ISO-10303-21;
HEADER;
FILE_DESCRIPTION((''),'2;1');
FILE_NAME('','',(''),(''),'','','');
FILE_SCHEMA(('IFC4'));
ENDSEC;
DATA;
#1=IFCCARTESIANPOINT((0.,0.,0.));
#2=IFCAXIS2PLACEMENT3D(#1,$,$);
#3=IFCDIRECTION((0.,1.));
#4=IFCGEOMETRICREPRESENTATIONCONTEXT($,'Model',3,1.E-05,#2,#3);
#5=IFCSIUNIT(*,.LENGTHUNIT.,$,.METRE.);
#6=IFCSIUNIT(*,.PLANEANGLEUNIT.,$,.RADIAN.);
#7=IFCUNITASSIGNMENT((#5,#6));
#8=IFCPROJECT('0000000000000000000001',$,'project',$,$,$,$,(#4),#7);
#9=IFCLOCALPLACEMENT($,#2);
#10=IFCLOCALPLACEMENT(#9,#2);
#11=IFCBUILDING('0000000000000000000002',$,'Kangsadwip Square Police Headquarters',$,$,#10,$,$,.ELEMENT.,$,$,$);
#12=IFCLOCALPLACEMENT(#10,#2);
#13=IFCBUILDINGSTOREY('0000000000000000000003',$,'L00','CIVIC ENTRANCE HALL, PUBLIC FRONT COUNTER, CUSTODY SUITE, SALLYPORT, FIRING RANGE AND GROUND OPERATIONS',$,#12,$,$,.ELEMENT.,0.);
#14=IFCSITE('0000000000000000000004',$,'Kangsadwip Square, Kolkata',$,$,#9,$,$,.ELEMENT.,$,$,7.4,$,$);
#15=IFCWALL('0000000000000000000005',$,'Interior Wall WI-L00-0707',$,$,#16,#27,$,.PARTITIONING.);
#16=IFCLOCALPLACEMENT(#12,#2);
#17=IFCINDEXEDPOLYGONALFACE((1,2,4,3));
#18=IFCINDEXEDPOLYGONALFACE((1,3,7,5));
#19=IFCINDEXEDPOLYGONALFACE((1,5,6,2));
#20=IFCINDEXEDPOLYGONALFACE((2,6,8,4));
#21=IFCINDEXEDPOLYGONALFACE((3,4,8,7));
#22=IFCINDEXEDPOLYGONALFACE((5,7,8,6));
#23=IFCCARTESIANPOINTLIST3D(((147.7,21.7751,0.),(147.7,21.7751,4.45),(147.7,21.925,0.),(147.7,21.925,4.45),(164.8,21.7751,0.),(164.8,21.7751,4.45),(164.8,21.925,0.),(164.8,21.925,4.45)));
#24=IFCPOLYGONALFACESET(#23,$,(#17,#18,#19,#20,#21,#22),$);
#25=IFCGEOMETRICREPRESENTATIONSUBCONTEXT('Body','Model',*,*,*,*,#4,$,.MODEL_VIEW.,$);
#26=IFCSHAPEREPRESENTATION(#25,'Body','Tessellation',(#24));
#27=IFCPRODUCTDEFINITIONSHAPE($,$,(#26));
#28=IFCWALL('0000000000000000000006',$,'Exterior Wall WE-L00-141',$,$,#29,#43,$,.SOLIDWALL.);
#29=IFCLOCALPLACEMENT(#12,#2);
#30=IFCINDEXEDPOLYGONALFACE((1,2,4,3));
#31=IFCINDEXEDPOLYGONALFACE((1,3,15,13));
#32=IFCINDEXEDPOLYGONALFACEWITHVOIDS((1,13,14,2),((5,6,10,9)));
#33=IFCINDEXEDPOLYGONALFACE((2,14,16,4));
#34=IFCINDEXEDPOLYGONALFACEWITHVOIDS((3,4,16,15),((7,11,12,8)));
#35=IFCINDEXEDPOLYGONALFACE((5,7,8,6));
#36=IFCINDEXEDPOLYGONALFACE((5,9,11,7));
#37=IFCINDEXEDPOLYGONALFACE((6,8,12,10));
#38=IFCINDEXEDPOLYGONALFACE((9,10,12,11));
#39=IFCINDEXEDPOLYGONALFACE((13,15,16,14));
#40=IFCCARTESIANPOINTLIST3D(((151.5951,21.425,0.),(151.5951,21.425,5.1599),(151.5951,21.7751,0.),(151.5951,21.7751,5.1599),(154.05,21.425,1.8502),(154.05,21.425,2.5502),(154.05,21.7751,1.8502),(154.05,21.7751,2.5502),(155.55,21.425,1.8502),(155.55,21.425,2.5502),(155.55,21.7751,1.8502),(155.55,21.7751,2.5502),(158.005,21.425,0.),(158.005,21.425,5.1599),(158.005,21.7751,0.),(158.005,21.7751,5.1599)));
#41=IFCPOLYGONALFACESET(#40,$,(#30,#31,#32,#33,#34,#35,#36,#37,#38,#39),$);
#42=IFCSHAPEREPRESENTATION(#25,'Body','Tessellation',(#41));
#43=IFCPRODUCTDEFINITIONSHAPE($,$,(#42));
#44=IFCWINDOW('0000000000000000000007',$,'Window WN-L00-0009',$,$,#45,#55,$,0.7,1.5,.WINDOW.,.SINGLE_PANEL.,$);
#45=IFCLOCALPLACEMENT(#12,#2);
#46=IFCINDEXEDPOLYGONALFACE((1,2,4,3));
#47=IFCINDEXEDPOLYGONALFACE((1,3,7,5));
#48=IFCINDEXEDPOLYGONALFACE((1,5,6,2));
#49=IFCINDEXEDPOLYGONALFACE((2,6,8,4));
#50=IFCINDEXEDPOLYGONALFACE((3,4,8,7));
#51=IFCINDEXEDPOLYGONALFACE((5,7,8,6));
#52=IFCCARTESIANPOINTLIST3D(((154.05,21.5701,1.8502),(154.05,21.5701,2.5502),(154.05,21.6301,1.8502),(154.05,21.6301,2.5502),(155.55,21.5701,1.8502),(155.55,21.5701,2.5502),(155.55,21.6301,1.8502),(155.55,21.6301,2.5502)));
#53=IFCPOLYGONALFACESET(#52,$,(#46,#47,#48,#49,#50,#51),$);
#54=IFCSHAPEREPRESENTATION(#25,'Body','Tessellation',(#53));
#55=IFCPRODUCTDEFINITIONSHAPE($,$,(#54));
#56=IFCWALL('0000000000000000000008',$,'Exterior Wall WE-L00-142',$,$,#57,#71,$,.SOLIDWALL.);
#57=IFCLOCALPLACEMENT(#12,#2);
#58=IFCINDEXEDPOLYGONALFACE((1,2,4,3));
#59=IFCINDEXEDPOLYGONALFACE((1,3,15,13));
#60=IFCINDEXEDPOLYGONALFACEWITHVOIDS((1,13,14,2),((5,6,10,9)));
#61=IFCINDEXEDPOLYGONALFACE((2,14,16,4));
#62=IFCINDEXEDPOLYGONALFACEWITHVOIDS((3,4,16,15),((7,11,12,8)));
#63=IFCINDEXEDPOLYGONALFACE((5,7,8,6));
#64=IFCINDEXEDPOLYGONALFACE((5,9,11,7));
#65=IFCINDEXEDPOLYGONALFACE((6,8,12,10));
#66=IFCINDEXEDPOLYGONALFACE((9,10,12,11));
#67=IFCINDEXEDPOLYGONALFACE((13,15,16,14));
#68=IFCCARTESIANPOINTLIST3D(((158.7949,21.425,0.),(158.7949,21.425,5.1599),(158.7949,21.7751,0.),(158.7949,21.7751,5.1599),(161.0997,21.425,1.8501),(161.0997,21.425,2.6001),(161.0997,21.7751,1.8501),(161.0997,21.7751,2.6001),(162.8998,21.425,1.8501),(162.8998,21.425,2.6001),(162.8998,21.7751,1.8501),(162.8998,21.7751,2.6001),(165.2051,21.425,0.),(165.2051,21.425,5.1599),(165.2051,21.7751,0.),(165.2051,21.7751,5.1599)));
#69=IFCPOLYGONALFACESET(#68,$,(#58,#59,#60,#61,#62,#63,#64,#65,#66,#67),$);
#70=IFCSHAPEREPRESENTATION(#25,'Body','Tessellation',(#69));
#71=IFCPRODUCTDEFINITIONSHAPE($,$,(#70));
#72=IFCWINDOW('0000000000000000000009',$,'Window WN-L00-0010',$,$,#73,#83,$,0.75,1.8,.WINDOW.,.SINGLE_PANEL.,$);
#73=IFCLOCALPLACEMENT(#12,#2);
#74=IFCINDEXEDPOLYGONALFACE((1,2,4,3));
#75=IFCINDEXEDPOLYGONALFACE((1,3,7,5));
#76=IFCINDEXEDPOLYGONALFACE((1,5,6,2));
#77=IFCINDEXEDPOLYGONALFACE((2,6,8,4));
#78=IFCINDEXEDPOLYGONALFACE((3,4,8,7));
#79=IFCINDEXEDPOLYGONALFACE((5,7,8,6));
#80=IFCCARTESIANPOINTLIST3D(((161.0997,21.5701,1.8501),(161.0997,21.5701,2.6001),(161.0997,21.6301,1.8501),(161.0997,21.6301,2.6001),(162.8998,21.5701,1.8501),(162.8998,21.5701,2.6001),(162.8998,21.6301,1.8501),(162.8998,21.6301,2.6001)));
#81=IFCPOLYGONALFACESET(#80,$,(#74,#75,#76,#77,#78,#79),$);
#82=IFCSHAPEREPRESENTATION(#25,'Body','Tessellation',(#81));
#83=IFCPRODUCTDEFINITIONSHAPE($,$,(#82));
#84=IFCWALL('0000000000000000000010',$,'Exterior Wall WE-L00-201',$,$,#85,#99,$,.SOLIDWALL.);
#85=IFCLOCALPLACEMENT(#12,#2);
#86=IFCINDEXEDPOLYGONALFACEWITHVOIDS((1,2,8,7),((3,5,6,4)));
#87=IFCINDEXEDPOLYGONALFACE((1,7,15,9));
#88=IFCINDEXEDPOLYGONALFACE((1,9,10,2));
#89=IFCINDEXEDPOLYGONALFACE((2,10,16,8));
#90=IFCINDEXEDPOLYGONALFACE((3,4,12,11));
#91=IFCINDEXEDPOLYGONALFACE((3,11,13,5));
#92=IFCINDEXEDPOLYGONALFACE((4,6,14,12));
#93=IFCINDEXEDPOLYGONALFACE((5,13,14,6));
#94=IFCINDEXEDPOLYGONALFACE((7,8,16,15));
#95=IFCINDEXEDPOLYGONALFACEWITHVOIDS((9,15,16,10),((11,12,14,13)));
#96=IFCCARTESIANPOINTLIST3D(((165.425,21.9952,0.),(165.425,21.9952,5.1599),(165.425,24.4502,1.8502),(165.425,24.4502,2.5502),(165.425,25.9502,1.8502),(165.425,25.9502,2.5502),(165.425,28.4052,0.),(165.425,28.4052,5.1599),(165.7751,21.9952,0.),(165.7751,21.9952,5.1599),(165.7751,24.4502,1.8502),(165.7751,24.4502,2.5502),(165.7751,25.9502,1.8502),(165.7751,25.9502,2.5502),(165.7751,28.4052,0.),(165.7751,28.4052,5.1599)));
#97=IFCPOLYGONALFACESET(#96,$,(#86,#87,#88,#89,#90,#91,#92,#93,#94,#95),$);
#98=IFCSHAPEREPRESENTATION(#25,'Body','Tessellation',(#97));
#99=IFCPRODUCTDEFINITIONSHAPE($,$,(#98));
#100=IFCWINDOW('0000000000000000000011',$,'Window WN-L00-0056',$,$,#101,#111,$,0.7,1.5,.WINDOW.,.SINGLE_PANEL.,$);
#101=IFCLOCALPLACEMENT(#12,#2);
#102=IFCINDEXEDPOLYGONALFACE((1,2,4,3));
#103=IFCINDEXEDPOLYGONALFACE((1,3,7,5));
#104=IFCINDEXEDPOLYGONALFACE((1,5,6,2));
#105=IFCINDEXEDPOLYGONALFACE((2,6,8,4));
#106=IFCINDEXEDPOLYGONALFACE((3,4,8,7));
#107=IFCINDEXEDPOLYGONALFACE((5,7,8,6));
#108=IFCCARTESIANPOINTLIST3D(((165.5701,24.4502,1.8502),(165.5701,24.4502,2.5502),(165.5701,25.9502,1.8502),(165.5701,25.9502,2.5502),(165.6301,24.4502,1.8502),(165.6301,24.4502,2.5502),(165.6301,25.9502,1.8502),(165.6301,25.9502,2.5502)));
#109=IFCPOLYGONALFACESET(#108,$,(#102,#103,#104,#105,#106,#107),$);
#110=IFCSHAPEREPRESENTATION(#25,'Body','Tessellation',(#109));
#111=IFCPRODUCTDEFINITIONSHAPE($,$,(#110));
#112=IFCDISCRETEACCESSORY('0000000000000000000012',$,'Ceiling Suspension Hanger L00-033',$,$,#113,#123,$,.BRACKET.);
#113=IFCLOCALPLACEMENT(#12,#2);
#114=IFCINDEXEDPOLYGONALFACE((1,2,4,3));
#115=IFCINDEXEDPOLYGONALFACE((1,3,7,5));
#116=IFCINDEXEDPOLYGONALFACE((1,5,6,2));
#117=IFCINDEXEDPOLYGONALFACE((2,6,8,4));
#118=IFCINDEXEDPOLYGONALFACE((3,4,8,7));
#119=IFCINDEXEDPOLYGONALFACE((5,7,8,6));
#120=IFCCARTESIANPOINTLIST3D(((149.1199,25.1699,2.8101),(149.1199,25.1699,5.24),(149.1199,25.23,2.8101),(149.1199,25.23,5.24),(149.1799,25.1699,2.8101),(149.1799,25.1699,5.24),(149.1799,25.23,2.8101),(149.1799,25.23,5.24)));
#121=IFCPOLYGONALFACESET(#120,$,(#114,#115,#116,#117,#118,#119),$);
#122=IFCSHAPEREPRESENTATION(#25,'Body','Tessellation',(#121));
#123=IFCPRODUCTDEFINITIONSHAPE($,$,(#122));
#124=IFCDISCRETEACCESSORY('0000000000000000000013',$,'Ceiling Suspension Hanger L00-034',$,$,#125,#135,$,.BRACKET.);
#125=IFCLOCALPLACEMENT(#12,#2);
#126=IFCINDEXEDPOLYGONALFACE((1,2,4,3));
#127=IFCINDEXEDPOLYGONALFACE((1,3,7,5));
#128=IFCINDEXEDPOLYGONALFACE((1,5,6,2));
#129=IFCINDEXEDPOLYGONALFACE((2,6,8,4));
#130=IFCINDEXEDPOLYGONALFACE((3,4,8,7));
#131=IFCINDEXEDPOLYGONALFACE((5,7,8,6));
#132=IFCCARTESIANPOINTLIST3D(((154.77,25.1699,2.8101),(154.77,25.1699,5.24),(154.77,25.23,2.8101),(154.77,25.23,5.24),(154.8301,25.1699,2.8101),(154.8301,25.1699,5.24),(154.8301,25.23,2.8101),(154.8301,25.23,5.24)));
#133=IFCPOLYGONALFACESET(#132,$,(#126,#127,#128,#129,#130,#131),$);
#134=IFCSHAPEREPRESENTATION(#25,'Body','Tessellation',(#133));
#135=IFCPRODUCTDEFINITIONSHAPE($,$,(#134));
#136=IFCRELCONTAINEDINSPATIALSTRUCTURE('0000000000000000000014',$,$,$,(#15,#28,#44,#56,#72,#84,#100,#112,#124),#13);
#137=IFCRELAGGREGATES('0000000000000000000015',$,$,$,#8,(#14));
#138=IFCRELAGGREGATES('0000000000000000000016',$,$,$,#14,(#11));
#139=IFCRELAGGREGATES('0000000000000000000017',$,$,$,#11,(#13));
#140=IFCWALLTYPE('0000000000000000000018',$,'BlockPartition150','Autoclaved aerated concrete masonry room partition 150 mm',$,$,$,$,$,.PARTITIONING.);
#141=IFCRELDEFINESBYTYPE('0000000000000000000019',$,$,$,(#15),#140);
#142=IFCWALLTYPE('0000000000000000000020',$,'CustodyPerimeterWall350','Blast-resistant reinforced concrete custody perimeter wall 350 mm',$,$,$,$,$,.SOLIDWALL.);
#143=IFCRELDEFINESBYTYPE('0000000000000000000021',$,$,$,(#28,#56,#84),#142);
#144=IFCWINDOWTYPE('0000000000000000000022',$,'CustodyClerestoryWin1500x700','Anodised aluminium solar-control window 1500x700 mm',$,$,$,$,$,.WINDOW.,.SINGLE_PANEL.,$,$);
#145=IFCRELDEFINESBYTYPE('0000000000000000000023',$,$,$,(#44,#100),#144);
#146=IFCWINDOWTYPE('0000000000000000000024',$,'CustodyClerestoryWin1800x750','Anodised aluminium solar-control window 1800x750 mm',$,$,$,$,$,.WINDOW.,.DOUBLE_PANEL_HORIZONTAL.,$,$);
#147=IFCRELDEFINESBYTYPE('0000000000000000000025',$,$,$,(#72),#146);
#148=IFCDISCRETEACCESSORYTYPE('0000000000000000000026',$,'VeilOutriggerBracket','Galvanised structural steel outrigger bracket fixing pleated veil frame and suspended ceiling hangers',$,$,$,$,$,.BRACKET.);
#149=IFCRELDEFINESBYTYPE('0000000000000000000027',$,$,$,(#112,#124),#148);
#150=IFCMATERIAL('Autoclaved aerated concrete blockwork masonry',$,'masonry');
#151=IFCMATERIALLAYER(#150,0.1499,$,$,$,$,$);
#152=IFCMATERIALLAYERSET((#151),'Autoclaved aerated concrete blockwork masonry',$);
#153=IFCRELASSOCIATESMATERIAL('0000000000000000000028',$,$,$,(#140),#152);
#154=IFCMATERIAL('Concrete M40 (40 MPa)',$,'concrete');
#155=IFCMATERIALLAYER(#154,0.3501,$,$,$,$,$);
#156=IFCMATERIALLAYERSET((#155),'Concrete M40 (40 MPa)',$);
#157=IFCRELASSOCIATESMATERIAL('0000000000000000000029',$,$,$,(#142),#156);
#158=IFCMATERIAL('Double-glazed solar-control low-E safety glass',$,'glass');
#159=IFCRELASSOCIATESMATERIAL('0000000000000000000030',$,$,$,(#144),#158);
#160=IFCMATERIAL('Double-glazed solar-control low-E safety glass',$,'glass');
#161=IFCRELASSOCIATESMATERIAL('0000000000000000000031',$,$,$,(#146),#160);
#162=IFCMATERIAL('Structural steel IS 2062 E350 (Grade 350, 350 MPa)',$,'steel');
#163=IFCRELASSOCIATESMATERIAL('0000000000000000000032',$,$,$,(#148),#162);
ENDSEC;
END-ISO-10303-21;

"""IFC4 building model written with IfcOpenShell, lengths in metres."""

from ifc_helpers import new_model, si_unit, direction, frame, frame_2d, origin, origin_2d, place, context, subcontext, project, spatial, rectangle, extrude, material, layer, layer_set, type_object, element, fill, save


model = new_model("IFC4")

# Units and contexts
model_context = context("Model", 3, precision=1e-05, world=origin(), true_north=direction((0.0, 1.0)))
body_context = subcontext(model_context, "Body", "Model", "MODEL_VIEW")
ifc_project = project(units=[si_unit("LENGTHUNIT", "METRE"), si_unit("PLANEANGLEUNIT", "RADIAN")], contexts=[model_context])

# Site, building, storey
site_placement = place(None, origin())
site = spatial("IfcSite", under=ifc_project, at=site_placement, Name="Kangsadwip Square, Kolkata", CompositionType="ELEMENT", RefElevation=7.4)
building_placement = place(site_placement, origin())
building = spatial("IfcBuilding", under=site, at=building_placement, Name="Kangsadwip Square Police Headquarters", CompositionType="ELEMENT")
storey_placement = place(building_placement, origin())
storey = spatial("IfcBuildingStorey", under=building, at=storey_placement, Name="L00", Description="CIVIC ENTRANCE HALL, PUBLIC FRONT COUNTER, CUSTODY SUITE, SALLYPORT, FIRING RANGE AND GROUND OPERATIONS", CompositionType="ELEMENT", Elevation=0.0)

# Wall
ifc_material_1 = material(Name="Autoclaved aerated concrete blockwork masonry", Category="masonry")
ifc_layer_1 = layer(ifc_material_1, 0.1499)
ifc_layer_set_1 = layer_set([ifc_layer_1], Name="Autoclaved aerated concrete blockwork masonry")
wall_type_1 = type_object("IfcWallType", Name="BlockPartition150", Description="Autoclaved aerated concrete masonry room partition 150 mm", PredefinedType="PARTITIONING", material=ifc_layer_set_1)
wall_1_placement = place(storey_placement, frame((147.7, 21.8501, 0.0), z_axis=(0.0, 0.0, 1.0), x_axis=(1.0, 0.0, 0.0)))
element("IfcWall", 1, at=wall_1_placement, inside=storey, type_object=wall_type_1, Name="Interior Wall WI-L00-0707", PredefinedType="PARTITIONING", context=body_context, shape_type="SweptSolid", body=[
    extrude(rectangle(XDim=17.1001, YDim=0.1499, at=frame_2d((8.55, 0.0))), origin(), (0.0, 0.0, 1.0), 4.45),
])

# Walls, openings, windows
ifc_material_2 = material(Name="Concrete M40 (40 MPa)", Category="concrete")
ifc_layer_2 = layer(ifc_material_2, 0.3501)
ifc_layer_set_2 = layer_set([ifc_layer_2], Name="Concrete M40 (40 MPa)")
wall_type_2 = type_object("IfcWallType", Name="CustodyPerimeterWall350", Description="Blast-resistant reinforced concrete custody perimeter wall 350 mm", PredefinedType="SOLIDWALL", material=ifc_layer_set_2)
wall_2_placement = place(storey_placement, frame((151.595, 21.6001, 0.0), z_axis=(0.0, 0.0, 1.0), x_axis=(1.0, 0.0, 0.0)))
wall_2 = element("IfcWall", 2, at=wall_2_placement, inside=storey, type_object=wall_type_2, Name="Exterior Wall WE-L00-141", PredefinedType="SOLIDWALL", context=body_context, shape_type="SweptSolid", body=[
    extrude(rectangle(XDim=6.4099, YDim=0.3501, at=frame_2d((3.2051, 0.0))), origin(), (0.0, 0.0, 1.0), 5.1599),
])
opening_1_placement = place(wall_2_placement, frame((2.4551, 0.0, 1.8501)))
opening_1 = element("IfcOpeningElement", 3, at=opening_1_placement, cuts=wall_2, PredefinedType="OPENING", context=body_context, shape_type="SweptSolid", body=[
    extrude(rectangle(XDim=1.5, YDim=0.7, at=frame_2d((0.75, 0.3501))), frame((0.0, 0.1851, 0.0), z_axis=(0.0, -1.0, 0.0), x_axis=(1.0, 0.0, 0.0)), (0.0, 0.0, 1.0), 0.3701),
])
ifc_material_3 = material(Name="Double-glazed solar-control low-E safety glass", Category="glass")
window_type_1 = type_object("IfcWindowType", Name="CustodyClerestoryWin1500x700", Description="Anodised aluminium solar-control window 1500x700 mm", PartitioningType="SINGLE_PANEL", PredefinedType="WINDOW", material=ifc_material_3)
window_1_placement = place(opening_1_placement, origin())
window_1 = element("IfcWindow", 4, at=window_1_placement, inside=storey, type_object=window_type_1, Name="Window WN-L00-0009", OverallHeight=0.7, OverallWidth=1.5, PartitioningType="SINGLE_PANEL", PredefinedType="WINDOW", context=body_context, shape_type="SweptSolid", body=[
    extrude(rectangle(XDim=1.5, YDim=0.7, at=frame_2d((0.75, 0.3501))), frame((0.0, 0.03, 0.0), z_axis=(0.0, -1.0, 0.0), x_axis=(1.0, 0.0, 0.0)), (0.0, 0.0, 1.0), 0.0601),
])
fill(opening_1, window_1)
wall_3_placement = place(storey_placement, frame((158.7949, 21.6001, 0.0), z_axis=(0.0, 0.0, 1.0), x_axis=(1.0, 0.0, 0.0)))
wall_3 = element("IfcWall", 5, at=wall_3_placement, inside=storey, type_object=wall_type_2, Name="Exterior Wall WE-L00-142", PredefinedType="SOLIDWALL", context=body_context, shape_type="SweptSolid", body=[
    extrude(rectangle(XDim=6.4102, YDim=0.3501, at=frame_2d((3.2051, 0.0))), origin(), (0.0, 0.0, 1.0), 5.1599),
])
opening_2_placement = place(wall_3_placement, frame((2.3049, 0.0, 1.8501)))
opening_2 = element("IfcOpeningElement", 6, at=opening_2_placement, cuts=wall_3, PredefinedType="OPENING", context=body_context, shape_type="SweptSolid", body=[
    extrude(rectangle(XDim=1.8, YDim=0.75, at=frame_2d((0.8999, 0.375))), frame((0.0, 0.1851, 0.0), z_axis=(0.0, -1.0, 0.0), x_axis=(1.0, 0.0, 0.0)), (0.0, 0.0, 1.0), 0.3701),
])
ifc_material_4 = material(Name="Double-glazed solar-control low-E safety glass", Category="glass")
window_type_2 = type_object("IfcWindowType", Name="CustodyClerestoryWin1800x750", Description="Anodised aluminium solar-control window 1800x750 mm", PartitioningType="DOUBLE_PANEL_HORIZONTAL", PredefinedType="WINDOW", material=ifc_material_4)
window_2_placement = place(opening_2_placement, origin())
window_2 = element("IfcWindow", 7, at=window_2_placement, inside=storey, type_object=window_type_2, Name="Window WN-L00-0010", OverallHeight=0.75, OverallWidth=1.8, PartitioningType="SINGLE_PANEL", PredefinedType="WINDOW", context=body_context, shape_type="SweptSolid", body=[
    extrude(rectangle(XDim=1.8, YDim=0.75, at=frame_2d((0.8999, 0.375))), frame((0.0, 0.03, 0.0), z_axis=(0.0, -1.0, 0.0), x_axis=(1.0, 0.0, 0.0)), (0.0, 0.0, 1.0), 0.0601),
])
fill(opening_2, window_2)
wall_4_placement = place(storey_placement, frame((165.6001, 21.9951, 0.0), z_axis=(0.0, 0.0, 1.0), x_axis=(0.0, 1.0, 0.0)))
wall_4 = element("IfcWall", 8, at=wall_4_placement, inside=storey, type_object=wall_type_2, Name="Exterior Wall WE-L00-201", PredefinedType="SOLIDWALL", context=body_context, shape_type="SweptSolid", body=[
    extrude(rectangle(XDim=6.4099, YDim=0.3501, at=frame_2d((3.2051, 0.0))), origin(), (0.0, 0.0, 1.0), 5.1599),
])
opening_3_placement = place(wall_4_placement, frame((2.4551, 0.0, 1.8501)))
opening_3 = element("IfcOpeningElement", 9, at=opening_3_placement, cuts=wall_4, PredefinedType="OPENING", context=body_context, shape_type="SweptSolid", body=[
    extrude(rectangle(XDim=1.5, YDim=0.7, at=frame_2d((0.75, 0.3501))), frame((0.0, 0.1851, 0.0), z_axis=(0.0, -1.0, 0.0), x_axis=(1.0, 0.0, 0.0)), (0.0, 0.0, 1.0), 0.3701),
])
window_3_placement = place(opening_3_placement, origin())
window_3 = element("IfcWindow", 10, at=window_3_placement, inside=storey, type_object=window_type_1, Name="Window WN-L00-0056", OverallHeight=0.7, OverallWidth=1.5, PartitioningType="SINGLE_PANEL", PredefinedType="WINDOW", context=body_context, shape_type="SweptSolid", body=[
    extrude(rectangle(XDim=1.5, YDim=0.7, at=frame_2d((0.75, 0.3501))), frame((0.0, 0.03, 0.0), z_axis=(0.0, -1.0, 0.0), x_axis=(1.0, 0.0, 0.0)), (0.0, 0.0, 1.0), 0.0601),
])
fill(opening_3, window_3)

# Discrete accessories
ifc_material_5 = material(Name="Structural steel IS 2062 E350 (Grade 350, 350 MPa)", Category="steel")
discrete_accessory_type = type_object("IfcDiscreteAccessoryType", Name="VeilOutriggerBracket", Description="Galvanised structural steel outrigger bracket fixing pleated veil frame and suspended ceiling hangers", PredefinedType="BRACKET", material=ifc_material_5)
for number, where, z_axis, x_axis, name in (
    (11, (149.1499, 25.2, 2.8101), (0.0, 0.0, 1.0), (1.0, 0.0, 0.0), "Ceiling Suspension Hanger L00-033"),
    (12, (154.8, 25.2, 2.8101), (0.0, 0.0, 1.0), (1.0, 0.0, 0.0), "Ceiling Suspension Hanger L00-034"),
):
    element("IfcDiscreteAccessory", number, at=place(storey_placement, frame(where, z_axis=z_axis, x_axis=x_axis)), inside=storey, type_object=discrete_accessory_type, Name=name, PredefinedType="BRACKET", context=body_context, shape_type="SweptSolid", body=[
        extrude(rectangle(XDim=0.0601, YDim=0.0601, at=origin_2d()), origin(), (0.0, 0.0, 1.0), 2.4299),
    ])

save(model, "model.ifc")
